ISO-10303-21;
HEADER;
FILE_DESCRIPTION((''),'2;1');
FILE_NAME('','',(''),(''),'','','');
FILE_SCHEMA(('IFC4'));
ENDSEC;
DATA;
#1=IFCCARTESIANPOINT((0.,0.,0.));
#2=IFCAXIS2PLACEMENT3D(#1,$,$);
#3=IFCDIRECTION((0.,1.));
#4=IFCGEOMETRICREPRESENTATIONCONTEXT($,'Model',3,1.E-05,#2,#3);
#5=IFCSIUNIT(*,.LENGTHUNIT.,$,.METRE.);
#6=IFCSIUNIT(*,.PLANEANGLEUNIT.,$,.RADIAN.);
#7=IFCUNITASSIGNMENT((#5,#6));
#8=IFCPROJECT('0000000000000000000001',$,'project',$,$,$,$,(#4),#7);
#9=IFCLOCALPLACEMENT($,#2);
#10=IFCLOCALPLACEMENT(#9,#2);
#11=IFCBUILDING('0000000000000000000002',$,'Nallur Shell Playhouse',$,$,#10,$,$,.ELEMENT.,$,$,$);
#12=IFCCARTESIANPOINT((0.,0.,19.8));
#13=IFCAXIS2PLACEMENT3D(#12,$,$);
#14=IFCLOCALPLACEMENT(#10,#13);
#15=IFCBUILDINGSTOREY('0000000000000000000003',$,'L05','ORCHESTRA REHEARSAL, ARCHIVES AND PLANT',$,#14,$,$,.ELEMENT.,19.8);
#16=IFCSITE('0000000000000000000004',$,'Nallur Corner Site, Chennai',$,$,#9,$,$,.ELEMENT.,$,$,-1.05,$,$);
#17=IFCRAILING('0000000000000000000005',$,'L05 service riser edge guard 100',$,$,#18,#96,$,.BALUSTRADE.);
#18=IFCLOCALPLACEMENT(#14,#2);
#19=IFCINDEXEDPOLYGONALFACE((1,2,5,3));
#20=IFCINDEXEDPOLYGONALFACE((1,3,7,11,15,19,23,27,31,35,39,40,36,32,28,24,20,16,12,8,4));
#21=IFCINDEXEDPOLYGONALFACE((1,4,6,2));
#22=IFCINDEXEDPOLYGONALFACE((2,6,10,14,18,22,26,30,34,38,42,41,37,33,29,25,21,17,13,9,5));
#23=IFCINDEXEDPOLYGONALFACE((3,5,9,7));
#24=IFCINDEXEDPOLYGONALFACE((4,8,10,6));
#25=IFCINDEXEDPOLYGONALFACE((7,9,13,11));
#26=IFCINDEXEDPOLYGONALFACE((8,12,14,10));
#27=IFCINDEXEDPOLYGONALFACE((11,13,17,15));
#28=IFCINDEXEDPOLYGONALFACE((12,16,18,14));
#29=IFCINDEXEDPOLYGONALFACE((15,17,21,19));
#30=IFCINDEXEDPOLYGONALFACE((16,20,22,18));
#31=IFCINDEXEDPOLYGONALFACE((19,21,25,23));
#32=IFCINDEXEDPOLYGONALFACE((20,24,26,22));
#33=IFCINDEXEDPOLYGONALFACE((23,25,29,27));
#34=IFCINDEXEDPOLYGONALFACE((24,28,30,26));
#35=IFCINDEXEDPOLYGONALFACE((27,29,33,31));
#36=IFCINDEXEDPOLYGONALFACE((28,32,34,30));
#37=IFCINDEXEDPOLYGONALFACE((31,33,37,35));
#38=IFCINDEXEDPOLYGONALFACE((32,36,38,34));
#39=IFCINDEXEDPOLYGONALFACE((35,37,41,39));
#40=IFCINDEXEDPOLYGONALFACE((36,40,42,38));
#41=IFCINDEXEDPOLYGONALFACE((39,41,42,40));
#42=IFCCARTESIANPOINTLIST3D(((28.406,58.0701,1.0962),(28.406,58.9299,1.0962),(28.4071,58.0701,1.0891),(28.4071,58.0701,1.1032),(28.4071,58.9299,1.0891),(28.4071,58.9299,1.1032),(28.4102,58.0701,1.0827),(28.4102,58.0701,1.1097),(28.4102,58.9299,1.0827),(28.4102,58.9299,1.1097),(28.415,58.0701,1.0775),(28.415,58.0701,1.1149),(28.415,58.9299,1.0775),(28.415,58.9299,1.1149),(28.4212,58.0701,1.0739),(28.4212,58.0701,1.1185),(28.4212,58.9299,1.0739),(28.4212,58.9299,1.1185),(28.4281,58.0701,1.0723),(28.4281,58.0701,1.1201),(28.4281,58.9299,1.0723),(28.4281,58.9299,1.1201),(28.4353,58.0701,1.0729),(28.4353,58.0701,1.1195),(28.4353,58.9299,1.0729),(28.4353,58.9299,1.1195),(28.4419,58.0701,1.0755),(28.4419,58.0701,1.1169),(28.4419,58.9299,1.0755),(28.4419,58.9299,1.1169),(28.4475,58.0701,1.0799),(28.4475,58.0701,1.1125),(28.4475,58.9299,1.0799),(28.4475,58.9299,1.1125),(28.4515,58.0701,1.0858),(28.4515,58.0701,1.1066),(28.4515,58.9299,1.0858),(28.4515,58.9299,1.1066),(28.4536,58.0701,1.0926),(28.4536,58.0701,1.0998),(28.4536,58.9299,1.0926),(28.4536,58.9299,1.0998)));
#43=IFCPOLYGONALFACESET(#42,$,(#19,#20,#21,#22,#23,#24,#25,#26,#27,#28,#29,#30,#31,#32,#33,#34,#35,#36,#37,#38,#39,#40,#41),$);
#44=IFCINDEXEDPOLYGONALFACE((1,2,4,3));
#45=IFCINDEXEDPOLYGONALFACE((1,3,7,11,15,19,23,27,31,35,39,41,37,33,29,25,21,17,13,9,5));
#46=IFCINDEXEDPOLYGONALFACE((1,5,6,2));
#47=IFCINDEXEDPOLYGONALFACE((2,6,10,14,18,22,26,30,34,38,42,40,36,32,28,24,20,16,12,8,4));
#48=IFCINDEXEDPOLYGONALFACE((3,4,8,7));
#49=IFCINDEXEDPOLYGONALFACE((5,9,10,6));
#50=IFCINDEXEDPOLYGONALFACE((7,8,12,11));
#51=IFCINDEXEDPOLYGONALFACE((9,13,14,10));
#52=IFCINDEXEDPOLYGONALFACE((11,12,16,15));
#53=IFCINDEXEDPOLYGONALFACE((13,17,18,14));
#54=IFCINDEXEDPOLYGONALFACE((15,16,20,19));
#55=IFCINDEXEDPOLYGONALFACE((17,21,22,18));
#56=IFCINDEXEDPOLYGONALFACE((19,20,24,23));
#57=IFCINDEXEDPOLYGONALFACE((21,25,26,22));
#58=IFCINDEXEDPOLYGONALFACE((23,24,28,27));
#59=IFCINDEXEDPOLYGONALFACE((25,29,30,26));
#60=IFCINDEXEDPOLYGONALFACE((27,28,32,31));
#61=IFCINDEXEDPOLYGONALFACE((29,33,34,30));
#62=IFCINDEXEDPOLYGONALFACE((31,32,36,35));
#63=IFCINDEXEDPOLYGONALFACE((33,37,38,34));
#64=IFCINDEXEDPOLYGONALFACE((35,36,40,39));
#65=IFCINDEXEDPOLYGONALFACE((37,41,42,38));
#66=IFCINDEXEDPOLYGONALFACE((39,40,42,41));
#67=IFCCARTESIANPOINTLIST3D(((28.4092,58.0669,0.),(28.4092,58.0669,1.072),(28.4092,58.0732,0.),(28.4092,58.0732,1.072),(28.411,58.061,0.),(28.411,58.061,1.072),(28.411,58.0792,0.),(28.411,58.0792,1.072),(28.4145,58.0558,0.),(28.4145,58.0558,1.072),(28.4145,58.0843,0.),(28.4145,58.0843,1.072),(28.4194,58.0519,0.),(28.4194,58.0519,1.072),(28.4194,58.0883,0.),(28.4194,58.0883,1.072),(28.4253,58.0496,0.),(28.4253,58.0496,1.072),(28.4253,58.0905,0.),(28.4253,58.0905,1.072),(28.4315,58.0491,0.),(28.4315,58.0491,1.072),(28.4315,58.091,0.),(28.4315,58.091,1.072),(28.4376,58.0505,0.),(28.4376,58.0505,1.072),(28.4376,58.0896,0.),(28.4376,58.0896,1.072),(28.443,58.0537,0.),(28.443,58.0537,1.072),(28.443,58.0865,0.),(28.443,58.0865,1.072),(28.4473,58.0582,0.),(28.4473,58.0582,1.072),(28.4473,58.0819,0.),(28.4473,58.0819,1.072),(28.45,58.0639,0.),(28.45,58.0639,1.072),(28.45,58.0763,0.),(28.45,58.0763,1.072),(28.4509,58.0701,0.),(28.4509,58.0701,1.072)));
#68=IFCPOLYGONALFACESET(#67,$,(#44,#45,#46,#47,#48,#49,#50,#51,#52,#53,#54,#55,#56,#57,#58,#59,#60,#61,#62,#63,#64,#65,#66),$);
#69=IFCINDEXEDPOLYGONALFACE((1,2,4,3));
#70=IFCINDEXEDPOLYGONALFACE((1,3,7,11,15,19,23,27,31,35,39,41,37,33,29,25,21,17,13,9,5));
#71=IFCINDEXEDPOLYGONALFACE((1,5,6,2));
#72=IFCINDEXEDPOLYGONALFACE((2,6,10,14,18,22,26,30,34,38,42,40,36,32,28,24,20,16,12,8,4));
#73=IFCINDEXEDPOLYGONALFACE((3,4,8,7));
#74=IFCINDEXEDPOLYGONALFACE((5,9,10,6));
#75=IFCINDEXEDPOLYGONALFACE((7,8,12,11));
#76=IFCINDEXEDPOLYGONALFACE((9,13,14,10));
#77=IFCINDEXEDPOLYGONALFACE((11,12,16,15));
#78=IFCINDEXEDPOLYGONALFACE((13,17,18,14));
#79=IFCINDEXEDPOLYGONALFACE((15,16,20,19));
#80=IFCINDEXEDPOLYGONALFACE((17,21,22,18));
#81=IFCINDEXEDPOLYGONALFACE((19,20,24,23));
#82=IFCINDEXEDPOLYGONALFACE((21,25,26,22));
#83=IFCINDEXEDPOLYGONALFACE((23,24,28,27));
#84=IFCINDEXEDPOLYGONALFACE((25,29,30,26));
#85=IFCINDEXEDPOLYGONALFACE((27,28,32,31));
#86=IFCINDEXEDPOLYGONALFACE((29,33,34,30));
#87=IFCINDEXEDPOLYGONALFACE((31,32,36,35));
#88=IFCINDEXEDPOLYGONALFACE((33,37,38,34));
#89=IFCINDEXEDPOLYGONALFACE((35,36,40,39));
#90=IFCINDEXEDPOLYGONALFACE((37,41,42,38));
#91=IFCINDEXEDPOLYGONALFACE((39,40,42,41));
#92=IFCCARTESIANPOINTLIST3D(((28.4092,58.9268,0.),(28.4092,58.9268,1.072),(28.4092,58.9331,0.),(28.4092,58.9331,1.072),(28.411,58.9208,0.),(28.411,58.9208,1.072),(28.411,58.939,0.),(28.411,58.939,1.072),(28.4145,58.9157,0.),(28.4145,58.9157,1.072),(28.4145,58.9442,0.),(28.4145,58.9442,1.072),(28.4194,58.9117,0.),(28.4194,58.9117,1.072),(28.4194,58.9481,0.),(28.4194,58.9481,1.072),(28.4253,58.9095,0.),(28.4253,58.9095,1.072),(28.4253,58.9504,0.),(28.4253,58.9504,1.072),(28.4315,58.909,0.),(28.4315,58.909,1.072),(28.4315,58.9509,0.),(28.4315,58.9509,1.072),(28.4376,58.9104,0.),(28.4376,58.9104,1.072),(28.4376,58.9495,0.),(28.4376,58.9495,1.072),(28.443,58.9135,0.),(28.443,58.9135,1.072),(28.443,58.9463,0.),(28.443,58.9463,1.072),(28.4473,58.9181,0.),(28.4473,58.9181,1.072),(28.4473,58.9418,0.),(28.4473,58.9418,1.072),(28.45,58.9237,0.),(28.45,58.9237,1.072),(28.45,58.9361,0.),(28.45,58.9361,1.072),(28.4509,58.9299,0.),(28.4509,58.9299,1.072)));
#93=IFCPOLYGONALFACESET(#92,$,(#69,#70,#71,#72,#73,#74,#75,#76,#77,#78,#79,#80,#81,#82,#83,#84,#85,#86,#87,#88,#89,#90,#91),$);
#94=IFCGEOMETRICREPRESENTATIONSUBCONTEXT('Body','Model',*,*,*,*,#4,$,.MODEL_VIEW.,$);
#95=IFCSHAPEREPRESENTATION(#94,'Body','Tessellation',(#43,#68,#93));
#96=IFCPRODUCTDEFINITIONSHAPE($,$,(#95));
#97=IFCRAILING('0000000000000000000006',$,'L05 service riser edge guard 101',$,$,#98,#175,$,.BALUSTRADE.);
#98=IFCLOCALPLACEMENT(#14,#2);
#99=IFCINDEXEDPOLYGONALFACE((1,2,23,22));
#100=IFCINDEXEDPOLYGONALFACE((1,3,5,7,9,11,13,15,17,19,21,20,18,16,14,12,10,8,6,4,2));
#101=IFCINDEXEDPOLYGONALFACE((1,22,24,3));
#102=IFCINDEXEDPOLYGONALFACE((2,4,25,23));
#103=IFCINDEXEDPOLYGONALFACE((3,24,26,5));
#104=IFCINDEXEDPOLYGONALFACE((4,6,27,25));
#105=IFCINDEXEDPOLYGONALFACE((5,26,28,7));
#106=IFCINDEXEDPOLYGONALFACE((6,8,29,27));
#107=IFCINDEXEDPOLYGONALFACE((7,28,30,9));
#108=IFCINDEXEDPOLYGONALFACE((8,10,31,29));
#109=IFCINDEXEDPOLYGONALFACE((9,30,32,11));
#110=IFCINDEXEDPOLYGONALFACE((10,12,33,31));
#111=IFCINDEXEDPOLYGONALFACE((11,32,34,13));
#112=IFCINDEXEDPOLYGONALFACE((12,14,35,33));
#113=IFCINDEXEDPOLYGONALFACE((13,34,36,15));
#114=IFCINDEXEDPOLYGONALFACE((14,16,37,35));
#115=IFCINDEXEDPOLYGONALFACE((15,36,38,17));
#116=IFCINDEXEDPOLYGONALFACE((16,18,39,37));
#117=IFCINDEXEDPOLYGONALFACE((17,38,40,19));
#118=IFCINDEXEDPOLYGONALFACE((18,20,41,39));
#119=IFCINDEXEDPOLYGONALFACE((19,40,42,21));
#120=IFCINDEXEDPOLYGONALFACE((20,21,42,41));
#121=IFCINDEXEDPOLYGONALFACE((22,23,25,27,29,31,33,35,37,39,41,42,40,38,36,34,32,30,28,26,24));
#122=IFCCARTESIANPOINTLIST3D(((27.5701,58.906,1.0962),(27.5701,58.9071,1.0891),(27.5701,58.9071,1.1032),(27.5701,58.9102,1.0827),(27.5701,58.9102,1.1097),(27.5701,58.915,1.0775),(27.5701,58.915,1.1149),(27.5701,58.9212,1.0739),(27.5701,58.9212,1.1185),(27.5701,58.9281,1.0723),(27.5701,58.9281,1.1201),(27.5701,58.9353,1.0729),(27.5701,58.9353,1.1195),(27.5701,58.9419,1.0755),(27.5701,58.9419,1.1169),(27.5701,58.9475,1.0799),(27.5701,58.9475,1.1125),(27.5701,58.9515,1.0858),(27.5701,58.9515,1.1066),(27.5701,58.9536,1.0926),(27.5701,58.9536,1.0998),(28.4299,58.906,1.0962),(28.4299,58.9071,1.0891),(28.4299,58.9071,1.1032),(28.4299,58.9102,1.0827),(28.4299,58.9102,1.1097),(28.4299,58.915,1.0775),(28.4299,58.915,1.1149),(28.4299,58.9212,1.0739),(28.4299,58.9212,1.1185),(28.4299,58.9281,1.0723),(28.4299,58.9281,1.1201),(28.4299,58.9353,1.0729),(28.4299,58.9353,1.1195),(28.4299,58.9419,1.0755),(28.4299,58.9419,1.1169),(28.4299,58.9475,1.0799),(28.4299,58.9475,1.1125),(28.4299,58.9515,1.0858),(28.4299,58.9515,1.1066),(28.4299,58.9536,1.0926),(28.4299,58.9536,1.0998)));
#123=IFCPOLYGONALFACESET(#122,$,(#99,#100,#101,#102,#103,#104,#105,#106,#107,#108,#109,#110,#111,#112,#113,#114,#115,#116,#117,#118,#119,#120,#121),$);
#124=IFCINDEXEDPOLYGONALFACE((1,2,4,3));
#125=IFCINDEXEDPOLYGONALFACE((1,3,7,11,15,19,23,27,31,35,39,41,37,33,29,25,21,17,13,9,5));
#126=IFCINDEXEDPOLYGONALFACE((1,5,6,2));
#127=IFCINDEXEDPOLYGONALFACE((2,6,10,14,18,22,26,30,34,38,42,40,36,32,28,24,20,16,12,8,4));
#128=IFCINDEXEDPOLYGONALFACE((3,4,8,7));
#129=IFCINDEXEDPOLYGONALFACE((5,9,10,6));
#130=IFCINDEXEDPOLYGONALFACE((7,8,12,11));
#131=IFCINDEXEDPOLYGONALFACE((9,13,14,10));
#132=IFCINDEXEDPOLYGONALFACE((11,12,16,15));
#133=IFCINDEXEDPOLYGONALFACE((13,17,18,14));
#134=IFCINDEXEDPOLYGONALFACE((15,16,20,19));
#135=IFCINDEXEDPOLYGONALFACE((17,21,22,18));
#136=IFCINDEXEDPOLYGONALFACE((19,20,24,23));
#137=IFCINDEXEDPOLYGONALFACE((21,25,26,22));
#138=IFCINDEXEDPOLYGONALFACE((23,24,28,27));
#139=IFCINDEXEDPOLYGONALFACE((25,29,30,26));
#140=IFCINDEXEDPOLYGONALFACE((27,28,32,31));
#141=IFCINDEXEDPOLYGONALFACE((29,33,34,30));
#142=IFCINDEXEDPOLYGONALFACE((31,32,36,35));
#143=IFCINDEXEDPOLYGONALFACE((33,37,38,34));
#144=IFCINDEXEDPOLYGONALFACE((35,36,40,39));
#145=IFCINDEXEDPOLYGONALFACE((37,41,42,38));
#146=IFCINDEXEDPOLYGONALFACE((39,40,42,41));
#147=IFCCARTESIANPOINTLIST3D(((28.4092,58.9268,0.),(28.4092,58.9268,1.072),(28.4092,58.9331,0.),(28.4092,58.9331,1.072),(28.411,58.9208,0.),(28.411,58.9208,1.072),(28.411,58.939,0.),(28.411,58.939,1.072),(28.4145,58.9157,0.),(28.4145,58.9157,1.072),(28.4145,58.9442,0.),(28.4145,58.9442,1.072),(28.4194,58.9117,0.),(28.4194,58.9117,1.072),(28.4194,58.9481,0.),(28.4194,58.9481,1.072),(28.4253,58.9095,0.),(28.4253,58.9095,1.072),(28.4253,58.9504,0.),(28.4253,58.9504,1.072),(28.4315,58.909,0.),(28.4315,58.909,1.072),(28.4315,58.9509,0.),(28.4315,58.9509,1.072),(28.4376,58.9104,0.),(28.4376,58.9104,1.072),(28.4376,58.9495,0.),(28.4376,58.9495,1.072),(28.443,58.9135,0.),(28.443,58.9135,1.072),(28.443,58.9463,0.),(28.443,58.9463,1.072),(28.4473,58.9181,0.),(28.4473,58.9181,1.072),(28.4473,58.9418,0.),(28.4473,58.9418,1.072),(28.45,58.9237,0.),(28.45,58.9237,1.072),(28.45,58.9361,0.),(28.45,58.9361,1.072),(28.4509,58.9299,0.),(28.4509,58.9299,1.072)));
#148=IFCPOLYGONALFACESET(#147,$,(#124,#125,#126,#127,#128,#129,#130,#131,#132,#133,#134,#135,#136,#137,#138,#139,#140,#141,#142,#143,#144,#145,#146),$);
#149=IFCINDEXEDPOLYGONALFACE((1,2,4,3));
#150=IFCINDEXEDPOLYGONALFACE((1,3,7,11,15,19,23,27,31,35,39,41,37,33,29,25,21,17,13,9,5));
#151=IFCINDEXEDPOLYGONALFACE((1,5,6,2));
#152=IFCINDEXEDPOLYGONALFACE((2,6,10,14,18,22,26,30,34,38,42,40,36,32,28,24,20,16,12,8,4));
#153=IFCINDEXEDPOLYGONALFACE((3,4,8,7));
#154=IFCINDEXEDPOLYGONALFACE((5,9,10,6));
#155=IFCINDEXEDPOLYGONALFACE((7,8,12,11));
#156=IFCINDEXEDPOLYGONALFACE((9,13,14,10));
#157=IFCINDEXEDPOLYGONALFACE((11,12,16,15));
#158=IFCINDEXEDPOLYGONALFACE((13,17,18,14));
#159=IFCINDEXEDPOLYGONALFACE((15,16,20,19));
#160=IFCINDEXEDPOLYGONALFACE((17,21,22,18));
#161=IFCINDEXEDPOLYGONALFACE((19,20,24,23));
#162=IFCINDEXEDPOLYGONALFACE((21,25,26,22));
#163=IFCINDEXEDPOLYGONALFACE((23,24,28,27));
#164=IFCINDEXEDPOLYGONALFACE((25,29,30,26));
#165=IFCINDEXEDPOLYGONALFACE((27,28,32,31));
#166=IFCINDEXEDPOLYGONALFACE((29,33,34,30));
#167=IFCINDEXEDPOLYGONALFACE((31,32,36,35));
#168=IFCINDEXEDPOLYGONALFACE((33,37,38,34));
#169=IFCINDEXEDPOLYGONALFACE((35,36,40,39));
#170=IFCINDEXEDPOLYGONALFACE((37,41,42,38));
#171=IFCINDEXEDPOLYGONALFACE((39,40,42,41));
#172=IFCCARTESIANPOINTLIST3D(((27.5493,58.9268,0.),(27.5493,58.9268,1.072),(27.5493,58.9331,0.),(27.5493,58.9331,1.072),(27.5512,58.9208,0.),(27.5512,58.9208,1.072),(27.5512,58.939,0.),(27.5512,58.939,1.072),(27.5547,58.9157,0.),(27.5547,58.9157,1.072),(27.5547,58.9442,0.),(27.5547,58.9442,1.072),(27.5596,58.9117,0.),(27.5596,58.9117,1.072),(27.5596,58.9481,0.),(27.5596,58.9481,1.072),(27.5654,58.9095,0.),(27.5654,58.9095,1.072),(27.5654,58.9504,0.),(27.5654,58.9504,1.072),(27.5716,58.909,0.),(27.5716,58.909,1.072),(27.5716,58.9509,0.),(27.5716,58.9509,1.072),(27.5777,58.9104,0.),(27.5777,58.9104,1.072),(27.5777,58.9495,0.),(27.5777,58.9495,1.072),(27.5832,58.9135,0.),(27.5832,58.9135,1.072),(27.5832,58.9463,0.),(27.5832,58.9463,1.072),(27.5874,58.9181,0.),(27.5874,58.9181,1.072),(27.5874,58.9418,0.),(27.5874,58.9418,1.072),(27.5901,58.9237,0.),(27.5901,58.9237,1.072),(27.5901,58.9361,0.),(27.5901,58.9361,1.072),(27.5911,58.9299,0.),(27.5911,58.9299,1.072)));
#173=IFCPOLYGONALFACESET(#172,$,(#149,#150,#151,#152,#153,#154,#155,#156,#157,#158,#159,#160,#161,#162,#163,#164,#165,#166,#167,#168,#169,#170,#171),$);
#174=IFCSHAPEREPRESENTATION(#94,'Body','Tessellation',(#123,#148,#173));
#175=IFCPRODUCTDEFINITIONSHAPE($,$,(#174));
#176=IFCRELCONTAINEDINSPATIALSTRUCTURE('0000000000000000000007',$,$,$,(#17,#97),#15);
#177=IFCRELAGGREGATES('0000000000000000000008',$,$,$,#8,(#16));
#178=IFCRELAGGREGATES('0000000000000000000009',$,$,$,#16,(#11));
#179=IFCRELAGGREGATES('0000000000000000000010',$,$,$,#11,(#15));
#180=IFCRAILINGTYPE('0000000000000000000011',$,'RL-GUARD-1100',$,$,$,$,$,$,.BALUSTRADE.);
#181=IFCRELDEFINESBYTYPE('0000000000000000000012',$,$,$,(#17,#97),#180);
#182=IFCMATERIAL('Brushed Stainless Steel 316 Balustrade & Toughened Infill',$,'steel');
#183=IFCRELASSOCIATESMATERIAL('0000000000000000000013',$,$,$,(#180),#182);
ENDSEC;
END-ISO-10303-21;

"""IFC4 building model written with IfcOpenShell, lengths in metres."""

from ifc_helpers import new_model, si_unit, direction, frame, origin, origin_2d, place, context, subcontext, project, spatial, circle, extrude, material, type_object, element, save


model = new_model("IFC4")

# Units and contexts
model_context = context("Model", 3, precision=1e-05, world=origin(), true_north=direction((0.0, 1.0)))
body_context = subcontext(model_context, "Body", "Model", "MODEL_VIEW")
ifc_project = project(units=[si_unit("LENGTHUNIT", "METRE"), si_unit("PLANEANGLEUNIT", "RADIAN")], contexts=[model_context])

# Site, building, storey
site_placement = place(None, origin())
site = spatial("IfcSite", under=ifc_project, at=site_placement, Name="Nallur Corner Site, Chennai", CompositionType="ELEMENT", RefElevation=-1.05)
building_placement = place(site_placement, origin())
building = spatial("IfcBuilding", under=site, at=building_placement, Name="Nallur Shell Playhouse", CompositionType="ELEMENT")
storey_placement = place(building_placement, frame((0.0, 0.0, 19.8)))
storey = spatial("IfcBuildingStorey", under=building, at=storey_placement, Name="L05", Description="ORCHESTRA REHEARSAL, ARCHIVES AND PLANT", CompositionType="ELEMENT", Elevation=19.8)

# Railings
ifc_material_1 = material(Name="Brushed Stainless Steel 316 Balustrade & Toughened Infill", Category="steel")
railing_type = type_object("IfcRailingType", Name="RL-GUARD-1100", PredefinedType="BALUSTRADE", material=ifc_material_1)
railing_1_placement = place(storey_placement, frame((28.4299, 58.0701, 0.0)))
element("IfcRailing", 1, at=railing_1_placement, inside=storey, type_object=railing_type, Name="L05 service riser edge guard 100", PredefinedType="BALUSTRADE", context=body_context, shape_type="SweptSolid", body=[
    extrude(circle(Radius=0.0239, at=origin_2d()), frame((0.0, 0.0, 1.0962), z_axis=(0.0, 1.0, 0.0), x_axis=(-1.0, 0.0, 0.0)), (0.0, 0.0, 1.0), 0.8599),
    extrude(circle(Radius=0.021, at=origin_2d()), origin(), (0.0, 0.0, 1.0), 1.072),
    extrude(circle(Radius=0.021, at=origin_2d()), frame((0.0, 0.8599, 0.0)), (0.0, 0.0, 1.0), 1.072),
])
railing_2_placement = place(storey_placement, frame((28.4299, 58.9299, 0.0)))
element("IfcRailing", 2, at=railing_2_placement, inside=storey, type_object=railing_type, Name="L05 service riser edge guard 101", PredefinedType="BALUSTRADE", context=body_context, shape_type="SweptSolid", body=[
    extrude(circle(Radius=0.0239, at=origin_2d()), frame((0.0, 0.0, 1.0962), z_axis=(-1.0, 0.0, 0.0), x_axis=(0.0, -1.0, 0.0)), (0.0, 0.0, 1.0), 0.8599),
    extrude(circle(Radius=0.021, at=origin_2d()), origin(), (0.0, 0.0, 1.0), 1.072),
    extrude(circle(Radius=0.021, at=origin_2d()), frame((-0.8599, 0.0, 0.0)), (0.0, 0.0, 1.0), 1.072),
])

save(model, "model.ifc")
